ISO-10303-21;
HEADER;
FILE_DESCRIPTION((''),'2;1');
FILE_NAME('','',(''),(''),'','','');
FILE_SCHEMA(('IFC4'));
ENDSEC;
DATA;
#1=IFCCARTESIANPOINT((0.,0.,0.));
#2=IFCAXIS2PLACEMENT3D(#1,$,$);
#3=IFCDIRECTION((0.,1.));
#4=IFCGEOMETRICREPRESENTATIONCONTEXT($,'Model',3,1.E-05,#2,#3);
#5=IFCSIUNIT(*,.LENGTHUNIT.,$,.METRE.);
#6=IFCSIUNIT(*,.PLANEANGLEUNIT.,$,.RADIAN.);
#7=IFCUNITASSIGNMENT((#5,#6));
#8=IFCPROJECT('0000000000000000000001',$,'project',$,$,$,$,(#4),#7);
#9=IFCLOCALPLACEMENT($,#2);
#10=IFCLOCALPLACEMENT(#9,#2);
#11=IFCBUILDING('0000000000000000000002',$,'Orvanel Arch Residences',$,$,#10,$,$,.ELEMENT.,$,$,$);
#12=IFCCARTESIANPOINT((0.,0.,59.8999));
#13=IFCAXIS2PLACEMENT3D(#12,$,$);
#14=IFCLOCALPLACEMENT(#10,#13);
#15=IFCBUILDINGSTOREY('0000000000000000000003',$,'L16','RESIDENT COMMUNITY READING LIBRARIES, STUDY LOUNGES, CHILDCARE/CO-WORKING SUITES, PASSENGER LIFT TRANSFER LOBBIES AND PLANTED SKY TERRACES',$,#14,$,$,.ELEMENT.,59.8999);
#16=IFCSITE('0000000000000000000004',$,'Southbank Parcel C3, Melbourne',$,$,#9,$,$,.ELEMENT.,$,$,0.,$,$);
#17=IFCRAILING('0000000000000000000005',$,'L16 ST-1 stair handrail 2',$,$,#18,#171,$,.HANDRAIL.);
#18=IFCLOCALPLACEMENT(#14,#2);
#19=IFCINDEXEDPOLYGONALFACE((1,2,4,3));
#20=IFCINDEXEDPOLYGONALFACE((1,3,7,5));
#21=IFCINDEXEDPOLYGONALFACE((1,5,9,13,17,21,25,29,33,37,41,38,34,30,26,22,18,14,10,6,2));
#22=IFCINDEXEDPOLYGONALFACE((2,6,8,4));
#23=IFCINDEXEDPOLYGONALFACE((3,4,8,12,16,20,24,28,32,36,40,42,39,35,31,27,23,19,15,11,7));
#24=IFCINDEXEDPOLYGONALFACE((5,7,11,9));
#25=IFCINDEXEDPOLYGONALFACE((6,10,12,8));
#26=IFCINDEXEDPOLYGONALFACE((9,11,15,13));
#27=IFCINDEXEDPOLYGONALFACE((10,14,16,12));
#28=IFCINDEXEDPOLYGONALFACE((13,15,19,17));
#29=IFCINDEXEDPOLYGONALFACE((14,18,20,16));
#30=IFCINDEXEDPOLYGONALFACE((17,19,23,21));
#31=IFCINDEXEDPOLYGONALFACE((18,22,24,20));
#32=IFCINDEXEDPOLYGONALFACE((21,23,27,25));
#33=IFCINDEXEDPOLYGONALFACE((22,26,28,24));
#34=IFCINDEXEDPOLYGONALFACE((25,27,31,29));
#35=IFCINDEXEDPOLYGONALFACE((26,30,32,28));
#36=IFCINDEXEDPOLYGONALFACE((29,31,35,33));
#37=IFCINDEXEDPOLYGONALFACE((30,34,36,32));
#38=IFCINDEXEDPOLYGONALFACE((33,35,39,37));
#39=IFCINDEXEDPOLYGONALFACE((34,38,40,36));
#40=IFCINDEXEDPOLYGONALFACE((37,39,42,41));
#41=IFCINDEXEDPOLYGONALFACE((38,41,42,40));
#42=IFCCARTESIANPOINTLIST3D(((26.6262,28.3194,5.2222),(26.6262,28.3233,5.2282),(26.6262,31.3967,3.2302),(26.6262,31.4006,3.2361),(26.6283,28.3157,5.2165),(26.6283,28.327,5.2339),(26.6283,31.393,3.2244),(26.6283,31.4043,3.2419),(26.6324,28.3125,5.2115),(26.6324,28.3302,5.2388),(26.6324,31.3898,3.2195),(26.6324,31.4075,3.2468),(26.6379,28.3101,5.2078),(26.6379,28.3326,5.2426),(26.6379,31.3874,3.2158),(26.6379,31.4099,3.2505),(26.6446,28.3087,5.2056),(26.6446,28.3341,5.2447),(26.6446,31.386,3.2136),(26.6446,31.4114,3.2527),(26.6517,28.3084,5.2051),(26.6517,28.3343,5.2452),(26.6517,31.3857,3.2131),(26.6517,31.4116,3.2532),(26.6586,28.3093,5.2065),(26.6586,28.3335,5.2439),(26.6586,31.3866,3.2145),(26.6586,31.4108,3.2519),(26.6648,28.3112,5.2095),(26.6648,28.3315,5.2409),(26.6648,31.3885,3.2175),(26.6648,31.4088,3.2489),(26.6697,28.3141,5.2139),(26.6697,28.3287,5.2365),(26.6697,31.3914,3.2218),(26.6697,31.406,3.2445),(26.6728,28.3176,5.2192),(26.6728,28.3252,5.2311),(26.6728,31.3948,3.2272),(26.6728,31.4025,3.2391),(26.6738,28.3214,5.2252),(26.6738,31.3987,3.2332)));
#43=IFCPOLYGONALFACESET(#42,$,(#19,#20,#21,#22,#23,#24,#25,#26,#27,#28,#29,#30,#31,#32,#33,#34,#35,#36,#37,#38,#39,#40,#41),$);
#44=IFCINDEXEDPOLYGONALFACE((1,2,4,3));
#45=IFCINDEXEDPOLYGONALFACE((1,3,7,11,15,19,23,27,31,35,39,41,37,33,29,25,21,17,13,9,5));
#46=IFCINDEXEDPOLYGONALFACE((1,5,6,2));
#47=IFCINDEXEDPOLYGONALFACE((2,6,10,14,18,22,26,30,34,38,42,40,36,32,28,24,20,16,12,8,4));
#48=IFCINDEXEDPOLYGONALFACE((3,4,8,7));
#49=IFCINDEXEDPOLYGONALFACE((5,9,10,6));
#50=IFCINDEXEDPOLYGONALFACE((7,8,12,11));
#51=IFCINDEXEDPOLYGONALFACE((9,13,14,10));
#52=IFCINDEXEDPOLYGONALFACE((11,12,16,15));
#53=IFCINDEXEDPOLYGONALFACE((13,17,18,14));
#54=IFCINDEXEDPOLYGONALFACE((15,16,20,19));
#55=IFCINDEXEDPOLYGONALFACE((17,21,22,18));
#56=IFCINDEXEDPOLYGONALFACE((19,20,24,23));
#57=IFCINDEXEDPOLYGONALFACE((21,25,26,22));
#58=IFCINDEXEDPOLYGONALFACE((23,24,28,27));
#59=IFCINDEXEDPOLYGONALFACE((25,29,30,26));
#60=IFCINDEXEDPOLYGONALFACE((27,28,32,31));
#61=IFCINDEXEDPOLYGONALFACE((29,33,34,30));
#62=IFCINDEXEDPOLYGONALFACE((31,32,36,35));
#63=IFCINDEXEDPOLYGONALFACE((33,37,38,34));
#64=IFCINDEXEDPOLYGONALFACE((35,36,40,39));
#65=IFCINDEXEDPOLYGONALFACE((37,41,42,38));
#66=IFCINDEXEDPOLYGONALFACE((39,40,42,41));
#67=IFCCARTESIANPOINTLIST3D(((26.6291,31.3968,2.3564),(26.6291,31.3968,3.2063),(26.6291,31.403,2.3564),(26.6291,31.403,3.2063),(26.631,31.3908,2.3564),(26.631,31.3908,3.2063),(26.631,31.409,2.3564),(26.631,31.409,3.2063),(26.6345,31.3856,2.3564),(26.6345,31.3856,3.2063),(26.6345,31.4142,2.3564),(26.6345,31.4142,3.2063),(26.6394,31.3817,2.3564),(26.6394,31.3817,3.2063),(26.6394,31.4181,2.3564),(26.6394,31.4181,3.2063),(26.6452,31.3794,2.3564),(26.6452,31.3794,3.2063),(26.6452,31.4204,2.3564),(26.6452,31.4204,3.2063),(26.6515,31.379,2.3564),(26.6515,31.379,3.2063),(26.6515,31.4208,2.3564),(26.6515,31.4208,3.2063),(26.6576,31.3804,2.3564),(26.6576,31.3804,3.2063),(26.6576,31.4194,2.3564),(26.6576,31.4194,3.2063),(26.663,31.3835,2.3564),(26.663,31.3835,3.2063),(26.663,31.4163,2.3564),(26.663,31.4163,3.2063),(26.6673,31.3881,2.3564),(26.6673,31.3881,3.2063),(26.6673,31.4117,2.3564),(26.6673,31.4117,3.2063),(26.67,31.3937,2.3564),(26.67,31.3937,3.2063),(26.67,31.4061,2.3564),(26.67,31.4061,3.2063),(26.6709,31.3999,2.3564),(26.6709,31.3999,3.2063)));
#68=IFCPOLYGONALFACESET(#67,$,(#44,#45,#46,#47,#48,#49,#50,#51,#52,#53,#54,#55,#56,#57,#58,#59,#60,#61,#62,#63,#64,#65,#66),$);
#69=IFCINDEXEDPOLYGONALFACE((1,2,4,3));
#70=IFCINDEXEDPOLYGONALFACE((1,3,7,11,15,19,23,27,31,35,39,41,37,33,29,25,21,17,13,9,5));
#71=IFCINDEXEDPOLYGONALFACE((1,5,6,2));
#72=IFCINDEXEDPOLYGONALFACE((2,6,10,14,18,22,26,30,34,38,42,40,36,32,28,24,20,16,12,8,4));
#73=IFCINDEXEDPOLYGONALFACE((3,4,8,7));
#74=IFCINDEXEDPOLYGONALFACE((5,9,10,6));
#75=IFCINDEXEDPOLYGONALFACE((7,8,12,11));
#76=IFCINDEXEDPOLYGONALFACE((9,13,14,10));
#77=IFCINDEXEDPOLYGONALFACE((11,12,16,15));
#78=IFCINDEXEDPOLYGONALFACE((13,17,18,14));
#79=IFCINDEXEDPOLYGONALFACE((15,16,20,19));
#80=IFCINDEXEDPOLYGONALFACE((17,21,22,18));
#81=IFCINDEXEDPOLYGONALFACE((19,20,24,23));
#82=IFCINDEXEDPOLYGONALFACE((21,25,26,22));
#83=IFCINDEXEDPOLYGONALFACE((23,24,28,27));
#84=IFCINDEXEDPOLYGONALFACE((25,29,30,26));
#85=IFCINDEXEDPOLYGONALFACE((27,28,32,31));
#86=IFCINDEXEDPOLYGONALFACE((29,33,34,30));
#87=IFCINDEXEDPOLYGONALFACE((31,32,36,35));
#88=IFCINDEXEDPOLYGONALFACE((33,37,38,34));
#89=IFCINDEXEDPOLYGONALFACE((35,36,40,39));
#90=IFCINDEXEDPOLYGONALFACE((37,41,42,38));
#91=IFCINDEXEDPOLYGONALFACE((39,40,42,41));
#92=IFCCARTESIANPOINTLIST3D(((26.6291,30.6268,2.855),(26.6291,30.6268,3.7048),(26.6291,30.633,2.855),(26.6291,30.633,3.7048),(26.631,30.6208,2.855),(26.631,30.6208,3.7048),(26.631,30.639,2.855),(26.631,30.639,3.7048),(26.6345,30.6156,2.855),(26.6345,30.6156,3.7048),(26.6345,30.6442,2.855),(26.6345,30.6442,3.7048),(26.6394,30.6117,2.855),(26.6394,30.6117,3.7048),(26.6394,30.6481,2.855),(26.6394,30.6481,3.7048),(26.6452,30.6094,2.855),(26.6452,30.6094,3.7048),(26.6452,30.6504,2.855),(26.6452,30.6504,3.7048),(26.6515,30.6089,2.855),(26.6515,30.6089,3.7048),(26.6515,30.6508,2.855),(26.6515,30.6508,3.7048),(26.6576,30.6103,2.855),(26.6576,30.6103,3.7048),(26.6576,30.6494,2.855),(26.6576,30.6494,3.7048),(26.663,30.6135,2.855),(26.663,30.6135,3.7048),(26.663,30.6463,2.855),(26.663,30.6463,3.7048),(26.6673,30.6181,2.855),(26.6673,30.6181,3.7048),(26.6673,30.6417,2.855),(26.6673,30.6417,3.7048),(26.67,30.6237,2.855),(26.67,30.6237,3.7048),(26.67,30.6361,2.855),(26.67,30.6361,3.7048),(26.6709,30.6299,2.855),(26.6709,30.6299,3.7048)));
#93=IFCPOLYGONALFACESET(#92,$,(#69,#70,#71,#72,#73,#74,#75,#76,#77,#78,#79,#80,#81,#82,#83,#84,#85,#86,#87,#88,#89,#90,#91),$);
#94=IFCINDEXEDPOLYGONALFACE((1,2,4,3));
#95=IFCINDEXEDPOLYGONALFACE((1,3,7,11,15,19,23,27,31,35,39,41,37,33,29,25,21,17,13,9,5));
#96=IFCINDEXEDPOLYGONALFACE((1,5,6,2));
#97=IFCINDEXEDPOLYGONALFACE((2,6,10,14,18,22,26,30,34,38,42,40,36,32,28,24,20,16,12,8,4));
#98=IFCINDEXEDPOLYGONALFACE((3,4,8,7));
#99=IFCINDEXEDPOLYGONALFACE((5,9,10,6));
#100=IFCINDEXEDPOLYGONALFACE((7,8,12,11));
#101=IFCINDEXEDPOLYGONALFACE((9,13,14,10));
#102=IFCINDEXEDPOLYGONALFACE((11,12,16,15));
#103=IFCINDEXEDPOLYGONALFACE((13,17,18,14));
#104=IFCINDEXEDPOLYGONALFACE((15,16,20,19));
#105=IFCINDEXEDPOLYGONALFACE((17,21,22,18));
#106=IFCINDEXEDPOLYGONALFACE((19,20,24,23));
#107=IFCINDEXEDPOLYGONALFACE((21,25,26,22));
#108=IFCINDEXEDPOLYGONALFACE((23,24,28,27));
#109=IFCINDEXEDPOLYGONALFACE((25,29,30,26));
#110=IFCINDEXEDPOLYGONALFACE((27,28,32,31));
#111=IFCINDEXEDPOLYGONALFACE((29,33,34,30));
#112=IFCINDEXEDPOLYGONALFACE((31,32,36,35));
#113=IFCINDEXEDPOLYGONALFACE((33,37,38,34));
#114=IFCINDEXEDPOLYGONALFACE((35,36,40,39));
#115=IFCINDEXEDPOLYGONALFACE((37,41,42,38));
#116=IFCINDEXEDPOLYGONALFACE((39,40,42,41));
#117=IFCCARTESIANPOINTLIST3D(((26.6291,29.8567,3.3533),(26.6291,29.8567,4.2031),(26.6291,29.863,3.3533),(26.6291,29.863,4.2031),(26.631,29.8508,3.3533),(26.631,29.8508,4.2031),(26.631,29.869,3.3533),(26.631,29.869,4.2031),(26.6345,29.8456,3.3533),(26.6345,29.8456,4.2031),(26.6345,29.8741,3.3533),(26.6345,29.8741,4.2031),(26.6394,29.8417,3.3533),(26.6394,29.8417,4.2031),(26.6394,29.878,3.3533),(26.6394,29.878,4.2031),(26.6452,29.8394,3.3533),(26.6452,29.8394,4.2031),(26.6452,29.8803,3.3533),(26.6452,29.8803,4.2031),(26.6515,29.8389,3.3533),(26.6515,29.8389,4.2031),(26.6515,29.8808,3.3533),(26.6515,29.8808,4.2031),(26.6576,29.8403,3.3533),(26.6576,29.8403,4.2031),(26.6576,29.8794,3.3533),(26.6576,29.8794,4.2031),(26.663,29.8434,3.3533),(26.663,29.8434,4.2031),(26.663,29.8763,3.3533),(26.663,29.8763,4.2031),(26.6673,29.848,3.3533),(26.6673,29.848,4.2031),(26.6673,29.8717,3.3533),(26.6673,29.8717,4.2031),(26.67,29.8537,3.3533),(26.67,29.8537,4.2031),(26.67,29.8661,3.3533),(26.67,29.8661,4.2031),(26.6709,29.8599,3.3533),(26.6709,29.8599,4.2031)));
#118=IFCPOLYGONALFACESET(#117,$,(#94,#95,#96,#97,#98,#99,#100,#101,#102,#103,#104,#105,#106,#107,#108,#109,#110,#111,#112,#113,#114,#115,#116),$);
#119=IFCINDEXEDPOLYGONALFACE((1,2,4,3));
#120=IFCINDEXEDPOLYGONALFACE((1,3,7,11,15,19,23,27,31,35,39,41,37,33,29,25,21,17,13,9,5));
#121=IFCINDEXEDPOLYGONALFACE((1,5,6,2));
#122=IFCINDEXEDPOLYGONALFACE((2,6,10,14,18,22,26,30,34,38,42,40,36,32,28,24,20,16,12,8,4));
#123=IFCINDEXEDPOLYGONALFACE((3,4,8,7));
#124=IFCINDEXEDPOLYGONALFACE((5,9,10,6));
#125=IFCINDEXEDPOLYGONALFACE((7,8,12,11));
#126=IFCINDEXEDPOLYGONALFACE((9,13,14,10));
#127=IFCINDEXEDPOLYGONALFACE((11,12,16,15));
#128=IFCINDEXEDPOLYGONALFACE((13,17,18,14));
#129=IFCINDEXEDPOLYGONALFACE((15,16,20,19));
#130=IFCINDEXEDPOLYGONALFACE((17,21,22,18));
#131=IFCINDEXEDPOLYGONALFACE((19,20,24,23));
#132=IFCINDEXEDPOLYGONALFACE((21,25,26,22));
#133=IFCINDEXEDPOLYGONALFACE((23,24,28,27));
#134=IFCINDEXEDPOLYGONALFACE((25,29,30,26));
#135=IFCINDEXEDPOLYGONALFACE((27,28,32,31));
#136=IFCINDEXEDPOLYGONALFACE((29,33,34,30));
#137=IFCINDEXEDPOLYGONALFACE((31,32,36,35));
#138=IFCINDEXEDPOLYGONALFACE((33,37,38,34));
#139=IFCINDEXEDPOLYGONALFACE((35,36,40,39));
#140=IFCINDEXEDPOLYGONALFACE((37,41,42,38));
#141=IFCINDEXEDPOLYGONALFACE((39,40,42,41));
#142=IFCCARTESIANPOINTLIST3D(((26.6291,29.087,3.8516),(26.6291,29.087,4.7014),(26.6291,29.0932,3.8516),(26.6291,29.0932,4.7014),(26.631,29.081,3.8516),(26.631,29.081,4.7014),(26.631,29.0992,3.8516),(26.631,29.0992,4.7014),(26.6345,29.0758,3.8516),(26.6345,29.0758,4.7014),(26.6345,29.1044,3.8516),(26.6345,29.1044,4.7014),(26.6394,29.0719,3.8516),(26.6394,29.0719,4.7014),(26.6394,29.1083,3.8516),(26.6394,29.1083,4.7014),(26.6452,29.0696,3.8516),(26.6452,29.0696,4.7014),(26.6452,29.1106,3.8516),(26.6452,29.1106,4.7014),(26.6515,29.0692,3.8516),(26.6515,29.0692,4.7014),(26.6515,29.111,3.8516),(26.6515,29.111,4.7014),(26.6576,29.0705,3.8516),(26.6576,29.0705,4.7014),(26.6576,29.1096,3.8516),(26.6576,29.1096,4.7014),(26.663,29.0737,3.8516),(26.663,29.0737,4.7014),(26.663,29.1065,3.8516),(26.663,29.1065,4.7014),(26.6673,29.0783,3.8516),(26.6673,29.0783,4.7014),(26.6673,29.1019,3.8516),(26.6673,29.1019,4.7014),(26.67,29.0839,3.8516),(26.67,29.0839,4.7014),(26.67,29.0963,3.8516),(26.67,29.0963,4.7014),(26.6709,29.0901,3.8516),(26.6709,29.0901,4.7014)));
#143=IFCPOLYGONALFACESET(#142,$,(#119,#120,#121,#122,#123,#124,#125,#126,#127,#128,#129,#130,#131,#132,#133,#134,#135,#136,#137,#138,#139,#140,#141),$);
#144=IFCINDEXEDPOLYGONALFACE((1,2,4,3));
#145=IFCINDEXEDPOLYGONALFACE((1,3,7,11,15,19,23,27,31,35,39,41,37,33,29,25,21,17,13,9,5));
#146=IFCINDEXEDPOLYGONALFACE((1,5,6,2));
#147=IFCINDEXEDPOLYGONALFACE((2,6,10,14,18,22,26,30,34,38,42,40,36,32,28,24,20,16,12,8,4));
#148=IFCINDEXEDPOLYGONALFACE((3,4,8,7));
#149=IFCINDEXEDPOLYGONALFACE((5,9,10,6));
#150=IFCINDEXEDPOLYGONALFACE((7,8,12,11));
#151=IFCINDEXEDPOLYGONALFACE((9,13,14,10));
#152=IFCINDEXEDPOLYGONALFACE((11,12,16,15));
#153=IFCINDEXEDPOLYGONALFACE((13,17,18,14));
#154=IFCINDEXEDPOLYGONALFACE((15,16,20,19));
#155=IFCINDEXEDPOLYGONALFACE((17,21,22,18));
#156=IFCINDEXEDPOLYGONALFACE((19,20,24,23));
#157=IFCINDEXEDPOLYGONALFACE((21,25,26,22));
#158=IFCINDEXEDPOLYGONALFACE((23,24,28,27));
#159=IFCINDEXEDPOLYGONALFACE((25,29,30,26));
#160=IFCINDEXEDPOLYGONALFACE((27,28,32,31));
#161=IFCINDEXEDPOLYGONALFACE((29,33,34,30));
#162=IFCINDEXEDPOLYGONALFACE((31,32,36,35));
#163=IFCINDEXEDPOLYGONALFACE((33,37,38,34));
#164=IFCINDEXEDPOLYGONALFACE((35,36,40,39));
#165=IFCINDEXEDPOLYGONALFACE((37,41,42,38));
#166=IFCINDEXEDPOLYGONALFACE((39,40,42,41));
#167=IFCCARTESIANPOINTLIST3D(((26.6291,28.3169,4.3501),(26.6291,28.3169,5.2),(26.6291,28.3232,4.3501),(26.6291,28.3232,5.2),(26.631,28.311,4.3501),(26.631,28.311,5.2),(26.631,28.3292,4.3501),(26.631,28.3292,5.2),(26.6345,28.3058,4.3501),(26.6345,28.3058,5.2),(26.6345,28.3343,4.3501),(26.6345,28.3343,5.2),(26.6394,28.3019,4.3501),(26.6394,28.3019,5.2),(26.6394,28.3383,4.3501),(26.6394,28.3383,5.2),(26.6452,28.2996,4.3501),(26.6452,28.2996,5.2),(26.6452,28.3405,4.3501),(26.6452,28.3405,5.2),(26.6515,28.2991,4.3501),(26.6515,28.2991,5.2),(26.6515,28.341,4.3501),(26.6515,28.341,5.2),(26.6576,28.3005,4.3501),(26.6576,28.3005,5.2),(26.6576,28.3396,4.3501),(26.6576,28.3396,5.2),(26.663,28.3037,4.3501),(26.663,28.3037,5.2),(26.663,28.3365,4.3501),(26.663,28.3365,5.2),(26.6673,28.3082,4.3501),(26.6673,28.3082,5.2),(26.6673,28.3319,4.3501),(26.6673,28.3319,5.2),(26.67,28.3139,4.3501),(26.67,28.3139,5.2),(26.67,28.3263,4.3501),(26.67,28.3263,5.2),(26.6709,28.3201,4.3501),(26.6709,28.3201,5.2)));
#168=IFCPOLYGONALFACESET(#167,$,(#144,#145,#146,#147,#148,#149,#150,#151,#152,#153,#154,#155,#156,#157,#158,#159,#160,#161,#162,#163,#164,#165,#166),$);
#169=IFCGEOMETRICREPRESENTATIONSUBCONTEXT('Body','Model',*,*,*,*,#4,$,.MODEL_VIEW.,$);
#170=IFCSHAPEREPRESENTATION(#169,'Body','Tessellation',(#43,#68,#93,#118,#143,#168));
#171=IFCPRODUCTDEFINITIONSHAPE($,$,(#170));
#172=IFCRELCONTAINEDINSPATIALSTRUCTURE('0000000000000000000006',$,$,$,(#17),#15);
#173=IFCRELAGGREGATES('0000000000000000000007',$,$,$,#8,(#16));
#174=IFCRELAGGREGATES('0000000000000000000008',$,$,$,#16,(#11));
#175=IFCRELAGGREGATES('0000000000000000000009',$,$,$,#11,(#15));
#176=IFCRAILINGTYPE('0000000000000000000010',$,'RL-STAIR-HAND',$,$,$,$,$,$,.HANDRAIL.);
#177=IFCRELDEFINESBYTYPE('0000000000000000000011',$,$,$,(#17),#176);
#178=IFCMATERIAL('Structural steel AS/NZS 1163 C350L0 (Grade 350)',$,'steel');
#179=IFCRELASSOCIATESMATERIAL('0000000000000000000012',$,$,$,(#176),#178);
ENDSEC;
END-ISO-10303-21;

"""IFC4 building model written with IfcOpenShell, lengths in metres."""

from ifc_helpers import new_model, si_unit, direction, frame, origin, origin_2d, place, context, subcontext, project, spatial, circle, extrude, material, type_object, element, save


model = new_model("IFC4")

# Units and contexts
model_context = context("Model", 3, precision=1e-05, world=origin(), true_north=direction((0.0, 1.0)))
body_context = subcontext(model_context, "Body", "Model", "MODEL_VIEW")
ifc_project = project(units=[si_unit("LENGTHUNIT", "METRE"), si_unit("PLANEANGLEUNIT", "RADIAN")], contexts=[model_context])

# Site, building, storey
site_placement = place(None, origin())
site = spatial("IfcSite", under=ifc_project, at=site_placement, Name="Southbank Parcel C3, Melbourne", CompositionType="ELEMENT", RefElevation=0.0)
building_placement = place(site_placement, origin())
building = spatial("IfcBuilding", under=site, at=building_placement, Name="Orvanel Arch Residences", CompositionType="ELEMENT")
storey_placement = place(building_placement, frame((0.0, 0.0, 59.8999)))
storey = spatial("IfcBuildingStorey", under=building, at=storey_placement, Name="L16", Description="RESIDENT COMMUNITY READING LIBRARIES, STUDY LOUNGES, CHILDCARE/CO-WORKING SUITES, PASSENGER LIFT TRANSFER LOBBIES AND PLANTED SKY TERRACES", CompositionType="ELEMENT", Elevation=59.8999)

# Railing
ifc_material_1 = material(Name="Structural steel AS/NZS 1163 C350L0 (Grade 350)", Category="steel")
railing_type_1 = type_object("IfcRailingType", Name="RL-STAIR-HAND", PredefinedType="HANDRAIL", material=ifc_material_1)
railing_1_placement = place(storey_placement, frame((26.6499, 31.3999, 2.3564)))
element("IfcRailing", 1, at=railing_1_placement, inside=storey, type_object=railing_type_1, Name="L16 ST-1 stair handrail 2", PredefinedType="HANDRAIL", context=body_context, shape_type="SweptSolid", body=[
    extrude(circle(Radius=0.0239, at=origin_2d()), frame((0.0, -0.0012, 0.8767), z_axis=(0.0, -0.839468, 0.543409), x_axis=(1.0, 0.0, 0.0)), (0.0, 0.0, 1.0), 3.6658),
    extrude(circle(Radius=0.021, at=origin_2d()), origin(), (0.0, 0.0, 1.0), 0.8499),
    extrude(circle(Radius=0.021, at=origin_2d()), frame((0.0, -0.77, 0.4985)), (0.0, 0.0, 1.0), 0.8499),
    extrude(circle(Radius=0.021, at=origin_2d()), frame((0.0, -1.54, 0.9968)), (0.0, 0.0, 1.0), 0.8499),
    extrude(circle(Radius=0.021, at=origin_2d()), frame((0.0, -2.3098, 1.4951)), (0.0, 0.0, 1.0), 0.8499),
    extrude(circle(Radius=0.021, at=origin_2d()), frame((0.0, -3.0798, 1.9937)), (0.0, 0.0, 1.0), 0.8499),
])

save(model, "model.ifc")
